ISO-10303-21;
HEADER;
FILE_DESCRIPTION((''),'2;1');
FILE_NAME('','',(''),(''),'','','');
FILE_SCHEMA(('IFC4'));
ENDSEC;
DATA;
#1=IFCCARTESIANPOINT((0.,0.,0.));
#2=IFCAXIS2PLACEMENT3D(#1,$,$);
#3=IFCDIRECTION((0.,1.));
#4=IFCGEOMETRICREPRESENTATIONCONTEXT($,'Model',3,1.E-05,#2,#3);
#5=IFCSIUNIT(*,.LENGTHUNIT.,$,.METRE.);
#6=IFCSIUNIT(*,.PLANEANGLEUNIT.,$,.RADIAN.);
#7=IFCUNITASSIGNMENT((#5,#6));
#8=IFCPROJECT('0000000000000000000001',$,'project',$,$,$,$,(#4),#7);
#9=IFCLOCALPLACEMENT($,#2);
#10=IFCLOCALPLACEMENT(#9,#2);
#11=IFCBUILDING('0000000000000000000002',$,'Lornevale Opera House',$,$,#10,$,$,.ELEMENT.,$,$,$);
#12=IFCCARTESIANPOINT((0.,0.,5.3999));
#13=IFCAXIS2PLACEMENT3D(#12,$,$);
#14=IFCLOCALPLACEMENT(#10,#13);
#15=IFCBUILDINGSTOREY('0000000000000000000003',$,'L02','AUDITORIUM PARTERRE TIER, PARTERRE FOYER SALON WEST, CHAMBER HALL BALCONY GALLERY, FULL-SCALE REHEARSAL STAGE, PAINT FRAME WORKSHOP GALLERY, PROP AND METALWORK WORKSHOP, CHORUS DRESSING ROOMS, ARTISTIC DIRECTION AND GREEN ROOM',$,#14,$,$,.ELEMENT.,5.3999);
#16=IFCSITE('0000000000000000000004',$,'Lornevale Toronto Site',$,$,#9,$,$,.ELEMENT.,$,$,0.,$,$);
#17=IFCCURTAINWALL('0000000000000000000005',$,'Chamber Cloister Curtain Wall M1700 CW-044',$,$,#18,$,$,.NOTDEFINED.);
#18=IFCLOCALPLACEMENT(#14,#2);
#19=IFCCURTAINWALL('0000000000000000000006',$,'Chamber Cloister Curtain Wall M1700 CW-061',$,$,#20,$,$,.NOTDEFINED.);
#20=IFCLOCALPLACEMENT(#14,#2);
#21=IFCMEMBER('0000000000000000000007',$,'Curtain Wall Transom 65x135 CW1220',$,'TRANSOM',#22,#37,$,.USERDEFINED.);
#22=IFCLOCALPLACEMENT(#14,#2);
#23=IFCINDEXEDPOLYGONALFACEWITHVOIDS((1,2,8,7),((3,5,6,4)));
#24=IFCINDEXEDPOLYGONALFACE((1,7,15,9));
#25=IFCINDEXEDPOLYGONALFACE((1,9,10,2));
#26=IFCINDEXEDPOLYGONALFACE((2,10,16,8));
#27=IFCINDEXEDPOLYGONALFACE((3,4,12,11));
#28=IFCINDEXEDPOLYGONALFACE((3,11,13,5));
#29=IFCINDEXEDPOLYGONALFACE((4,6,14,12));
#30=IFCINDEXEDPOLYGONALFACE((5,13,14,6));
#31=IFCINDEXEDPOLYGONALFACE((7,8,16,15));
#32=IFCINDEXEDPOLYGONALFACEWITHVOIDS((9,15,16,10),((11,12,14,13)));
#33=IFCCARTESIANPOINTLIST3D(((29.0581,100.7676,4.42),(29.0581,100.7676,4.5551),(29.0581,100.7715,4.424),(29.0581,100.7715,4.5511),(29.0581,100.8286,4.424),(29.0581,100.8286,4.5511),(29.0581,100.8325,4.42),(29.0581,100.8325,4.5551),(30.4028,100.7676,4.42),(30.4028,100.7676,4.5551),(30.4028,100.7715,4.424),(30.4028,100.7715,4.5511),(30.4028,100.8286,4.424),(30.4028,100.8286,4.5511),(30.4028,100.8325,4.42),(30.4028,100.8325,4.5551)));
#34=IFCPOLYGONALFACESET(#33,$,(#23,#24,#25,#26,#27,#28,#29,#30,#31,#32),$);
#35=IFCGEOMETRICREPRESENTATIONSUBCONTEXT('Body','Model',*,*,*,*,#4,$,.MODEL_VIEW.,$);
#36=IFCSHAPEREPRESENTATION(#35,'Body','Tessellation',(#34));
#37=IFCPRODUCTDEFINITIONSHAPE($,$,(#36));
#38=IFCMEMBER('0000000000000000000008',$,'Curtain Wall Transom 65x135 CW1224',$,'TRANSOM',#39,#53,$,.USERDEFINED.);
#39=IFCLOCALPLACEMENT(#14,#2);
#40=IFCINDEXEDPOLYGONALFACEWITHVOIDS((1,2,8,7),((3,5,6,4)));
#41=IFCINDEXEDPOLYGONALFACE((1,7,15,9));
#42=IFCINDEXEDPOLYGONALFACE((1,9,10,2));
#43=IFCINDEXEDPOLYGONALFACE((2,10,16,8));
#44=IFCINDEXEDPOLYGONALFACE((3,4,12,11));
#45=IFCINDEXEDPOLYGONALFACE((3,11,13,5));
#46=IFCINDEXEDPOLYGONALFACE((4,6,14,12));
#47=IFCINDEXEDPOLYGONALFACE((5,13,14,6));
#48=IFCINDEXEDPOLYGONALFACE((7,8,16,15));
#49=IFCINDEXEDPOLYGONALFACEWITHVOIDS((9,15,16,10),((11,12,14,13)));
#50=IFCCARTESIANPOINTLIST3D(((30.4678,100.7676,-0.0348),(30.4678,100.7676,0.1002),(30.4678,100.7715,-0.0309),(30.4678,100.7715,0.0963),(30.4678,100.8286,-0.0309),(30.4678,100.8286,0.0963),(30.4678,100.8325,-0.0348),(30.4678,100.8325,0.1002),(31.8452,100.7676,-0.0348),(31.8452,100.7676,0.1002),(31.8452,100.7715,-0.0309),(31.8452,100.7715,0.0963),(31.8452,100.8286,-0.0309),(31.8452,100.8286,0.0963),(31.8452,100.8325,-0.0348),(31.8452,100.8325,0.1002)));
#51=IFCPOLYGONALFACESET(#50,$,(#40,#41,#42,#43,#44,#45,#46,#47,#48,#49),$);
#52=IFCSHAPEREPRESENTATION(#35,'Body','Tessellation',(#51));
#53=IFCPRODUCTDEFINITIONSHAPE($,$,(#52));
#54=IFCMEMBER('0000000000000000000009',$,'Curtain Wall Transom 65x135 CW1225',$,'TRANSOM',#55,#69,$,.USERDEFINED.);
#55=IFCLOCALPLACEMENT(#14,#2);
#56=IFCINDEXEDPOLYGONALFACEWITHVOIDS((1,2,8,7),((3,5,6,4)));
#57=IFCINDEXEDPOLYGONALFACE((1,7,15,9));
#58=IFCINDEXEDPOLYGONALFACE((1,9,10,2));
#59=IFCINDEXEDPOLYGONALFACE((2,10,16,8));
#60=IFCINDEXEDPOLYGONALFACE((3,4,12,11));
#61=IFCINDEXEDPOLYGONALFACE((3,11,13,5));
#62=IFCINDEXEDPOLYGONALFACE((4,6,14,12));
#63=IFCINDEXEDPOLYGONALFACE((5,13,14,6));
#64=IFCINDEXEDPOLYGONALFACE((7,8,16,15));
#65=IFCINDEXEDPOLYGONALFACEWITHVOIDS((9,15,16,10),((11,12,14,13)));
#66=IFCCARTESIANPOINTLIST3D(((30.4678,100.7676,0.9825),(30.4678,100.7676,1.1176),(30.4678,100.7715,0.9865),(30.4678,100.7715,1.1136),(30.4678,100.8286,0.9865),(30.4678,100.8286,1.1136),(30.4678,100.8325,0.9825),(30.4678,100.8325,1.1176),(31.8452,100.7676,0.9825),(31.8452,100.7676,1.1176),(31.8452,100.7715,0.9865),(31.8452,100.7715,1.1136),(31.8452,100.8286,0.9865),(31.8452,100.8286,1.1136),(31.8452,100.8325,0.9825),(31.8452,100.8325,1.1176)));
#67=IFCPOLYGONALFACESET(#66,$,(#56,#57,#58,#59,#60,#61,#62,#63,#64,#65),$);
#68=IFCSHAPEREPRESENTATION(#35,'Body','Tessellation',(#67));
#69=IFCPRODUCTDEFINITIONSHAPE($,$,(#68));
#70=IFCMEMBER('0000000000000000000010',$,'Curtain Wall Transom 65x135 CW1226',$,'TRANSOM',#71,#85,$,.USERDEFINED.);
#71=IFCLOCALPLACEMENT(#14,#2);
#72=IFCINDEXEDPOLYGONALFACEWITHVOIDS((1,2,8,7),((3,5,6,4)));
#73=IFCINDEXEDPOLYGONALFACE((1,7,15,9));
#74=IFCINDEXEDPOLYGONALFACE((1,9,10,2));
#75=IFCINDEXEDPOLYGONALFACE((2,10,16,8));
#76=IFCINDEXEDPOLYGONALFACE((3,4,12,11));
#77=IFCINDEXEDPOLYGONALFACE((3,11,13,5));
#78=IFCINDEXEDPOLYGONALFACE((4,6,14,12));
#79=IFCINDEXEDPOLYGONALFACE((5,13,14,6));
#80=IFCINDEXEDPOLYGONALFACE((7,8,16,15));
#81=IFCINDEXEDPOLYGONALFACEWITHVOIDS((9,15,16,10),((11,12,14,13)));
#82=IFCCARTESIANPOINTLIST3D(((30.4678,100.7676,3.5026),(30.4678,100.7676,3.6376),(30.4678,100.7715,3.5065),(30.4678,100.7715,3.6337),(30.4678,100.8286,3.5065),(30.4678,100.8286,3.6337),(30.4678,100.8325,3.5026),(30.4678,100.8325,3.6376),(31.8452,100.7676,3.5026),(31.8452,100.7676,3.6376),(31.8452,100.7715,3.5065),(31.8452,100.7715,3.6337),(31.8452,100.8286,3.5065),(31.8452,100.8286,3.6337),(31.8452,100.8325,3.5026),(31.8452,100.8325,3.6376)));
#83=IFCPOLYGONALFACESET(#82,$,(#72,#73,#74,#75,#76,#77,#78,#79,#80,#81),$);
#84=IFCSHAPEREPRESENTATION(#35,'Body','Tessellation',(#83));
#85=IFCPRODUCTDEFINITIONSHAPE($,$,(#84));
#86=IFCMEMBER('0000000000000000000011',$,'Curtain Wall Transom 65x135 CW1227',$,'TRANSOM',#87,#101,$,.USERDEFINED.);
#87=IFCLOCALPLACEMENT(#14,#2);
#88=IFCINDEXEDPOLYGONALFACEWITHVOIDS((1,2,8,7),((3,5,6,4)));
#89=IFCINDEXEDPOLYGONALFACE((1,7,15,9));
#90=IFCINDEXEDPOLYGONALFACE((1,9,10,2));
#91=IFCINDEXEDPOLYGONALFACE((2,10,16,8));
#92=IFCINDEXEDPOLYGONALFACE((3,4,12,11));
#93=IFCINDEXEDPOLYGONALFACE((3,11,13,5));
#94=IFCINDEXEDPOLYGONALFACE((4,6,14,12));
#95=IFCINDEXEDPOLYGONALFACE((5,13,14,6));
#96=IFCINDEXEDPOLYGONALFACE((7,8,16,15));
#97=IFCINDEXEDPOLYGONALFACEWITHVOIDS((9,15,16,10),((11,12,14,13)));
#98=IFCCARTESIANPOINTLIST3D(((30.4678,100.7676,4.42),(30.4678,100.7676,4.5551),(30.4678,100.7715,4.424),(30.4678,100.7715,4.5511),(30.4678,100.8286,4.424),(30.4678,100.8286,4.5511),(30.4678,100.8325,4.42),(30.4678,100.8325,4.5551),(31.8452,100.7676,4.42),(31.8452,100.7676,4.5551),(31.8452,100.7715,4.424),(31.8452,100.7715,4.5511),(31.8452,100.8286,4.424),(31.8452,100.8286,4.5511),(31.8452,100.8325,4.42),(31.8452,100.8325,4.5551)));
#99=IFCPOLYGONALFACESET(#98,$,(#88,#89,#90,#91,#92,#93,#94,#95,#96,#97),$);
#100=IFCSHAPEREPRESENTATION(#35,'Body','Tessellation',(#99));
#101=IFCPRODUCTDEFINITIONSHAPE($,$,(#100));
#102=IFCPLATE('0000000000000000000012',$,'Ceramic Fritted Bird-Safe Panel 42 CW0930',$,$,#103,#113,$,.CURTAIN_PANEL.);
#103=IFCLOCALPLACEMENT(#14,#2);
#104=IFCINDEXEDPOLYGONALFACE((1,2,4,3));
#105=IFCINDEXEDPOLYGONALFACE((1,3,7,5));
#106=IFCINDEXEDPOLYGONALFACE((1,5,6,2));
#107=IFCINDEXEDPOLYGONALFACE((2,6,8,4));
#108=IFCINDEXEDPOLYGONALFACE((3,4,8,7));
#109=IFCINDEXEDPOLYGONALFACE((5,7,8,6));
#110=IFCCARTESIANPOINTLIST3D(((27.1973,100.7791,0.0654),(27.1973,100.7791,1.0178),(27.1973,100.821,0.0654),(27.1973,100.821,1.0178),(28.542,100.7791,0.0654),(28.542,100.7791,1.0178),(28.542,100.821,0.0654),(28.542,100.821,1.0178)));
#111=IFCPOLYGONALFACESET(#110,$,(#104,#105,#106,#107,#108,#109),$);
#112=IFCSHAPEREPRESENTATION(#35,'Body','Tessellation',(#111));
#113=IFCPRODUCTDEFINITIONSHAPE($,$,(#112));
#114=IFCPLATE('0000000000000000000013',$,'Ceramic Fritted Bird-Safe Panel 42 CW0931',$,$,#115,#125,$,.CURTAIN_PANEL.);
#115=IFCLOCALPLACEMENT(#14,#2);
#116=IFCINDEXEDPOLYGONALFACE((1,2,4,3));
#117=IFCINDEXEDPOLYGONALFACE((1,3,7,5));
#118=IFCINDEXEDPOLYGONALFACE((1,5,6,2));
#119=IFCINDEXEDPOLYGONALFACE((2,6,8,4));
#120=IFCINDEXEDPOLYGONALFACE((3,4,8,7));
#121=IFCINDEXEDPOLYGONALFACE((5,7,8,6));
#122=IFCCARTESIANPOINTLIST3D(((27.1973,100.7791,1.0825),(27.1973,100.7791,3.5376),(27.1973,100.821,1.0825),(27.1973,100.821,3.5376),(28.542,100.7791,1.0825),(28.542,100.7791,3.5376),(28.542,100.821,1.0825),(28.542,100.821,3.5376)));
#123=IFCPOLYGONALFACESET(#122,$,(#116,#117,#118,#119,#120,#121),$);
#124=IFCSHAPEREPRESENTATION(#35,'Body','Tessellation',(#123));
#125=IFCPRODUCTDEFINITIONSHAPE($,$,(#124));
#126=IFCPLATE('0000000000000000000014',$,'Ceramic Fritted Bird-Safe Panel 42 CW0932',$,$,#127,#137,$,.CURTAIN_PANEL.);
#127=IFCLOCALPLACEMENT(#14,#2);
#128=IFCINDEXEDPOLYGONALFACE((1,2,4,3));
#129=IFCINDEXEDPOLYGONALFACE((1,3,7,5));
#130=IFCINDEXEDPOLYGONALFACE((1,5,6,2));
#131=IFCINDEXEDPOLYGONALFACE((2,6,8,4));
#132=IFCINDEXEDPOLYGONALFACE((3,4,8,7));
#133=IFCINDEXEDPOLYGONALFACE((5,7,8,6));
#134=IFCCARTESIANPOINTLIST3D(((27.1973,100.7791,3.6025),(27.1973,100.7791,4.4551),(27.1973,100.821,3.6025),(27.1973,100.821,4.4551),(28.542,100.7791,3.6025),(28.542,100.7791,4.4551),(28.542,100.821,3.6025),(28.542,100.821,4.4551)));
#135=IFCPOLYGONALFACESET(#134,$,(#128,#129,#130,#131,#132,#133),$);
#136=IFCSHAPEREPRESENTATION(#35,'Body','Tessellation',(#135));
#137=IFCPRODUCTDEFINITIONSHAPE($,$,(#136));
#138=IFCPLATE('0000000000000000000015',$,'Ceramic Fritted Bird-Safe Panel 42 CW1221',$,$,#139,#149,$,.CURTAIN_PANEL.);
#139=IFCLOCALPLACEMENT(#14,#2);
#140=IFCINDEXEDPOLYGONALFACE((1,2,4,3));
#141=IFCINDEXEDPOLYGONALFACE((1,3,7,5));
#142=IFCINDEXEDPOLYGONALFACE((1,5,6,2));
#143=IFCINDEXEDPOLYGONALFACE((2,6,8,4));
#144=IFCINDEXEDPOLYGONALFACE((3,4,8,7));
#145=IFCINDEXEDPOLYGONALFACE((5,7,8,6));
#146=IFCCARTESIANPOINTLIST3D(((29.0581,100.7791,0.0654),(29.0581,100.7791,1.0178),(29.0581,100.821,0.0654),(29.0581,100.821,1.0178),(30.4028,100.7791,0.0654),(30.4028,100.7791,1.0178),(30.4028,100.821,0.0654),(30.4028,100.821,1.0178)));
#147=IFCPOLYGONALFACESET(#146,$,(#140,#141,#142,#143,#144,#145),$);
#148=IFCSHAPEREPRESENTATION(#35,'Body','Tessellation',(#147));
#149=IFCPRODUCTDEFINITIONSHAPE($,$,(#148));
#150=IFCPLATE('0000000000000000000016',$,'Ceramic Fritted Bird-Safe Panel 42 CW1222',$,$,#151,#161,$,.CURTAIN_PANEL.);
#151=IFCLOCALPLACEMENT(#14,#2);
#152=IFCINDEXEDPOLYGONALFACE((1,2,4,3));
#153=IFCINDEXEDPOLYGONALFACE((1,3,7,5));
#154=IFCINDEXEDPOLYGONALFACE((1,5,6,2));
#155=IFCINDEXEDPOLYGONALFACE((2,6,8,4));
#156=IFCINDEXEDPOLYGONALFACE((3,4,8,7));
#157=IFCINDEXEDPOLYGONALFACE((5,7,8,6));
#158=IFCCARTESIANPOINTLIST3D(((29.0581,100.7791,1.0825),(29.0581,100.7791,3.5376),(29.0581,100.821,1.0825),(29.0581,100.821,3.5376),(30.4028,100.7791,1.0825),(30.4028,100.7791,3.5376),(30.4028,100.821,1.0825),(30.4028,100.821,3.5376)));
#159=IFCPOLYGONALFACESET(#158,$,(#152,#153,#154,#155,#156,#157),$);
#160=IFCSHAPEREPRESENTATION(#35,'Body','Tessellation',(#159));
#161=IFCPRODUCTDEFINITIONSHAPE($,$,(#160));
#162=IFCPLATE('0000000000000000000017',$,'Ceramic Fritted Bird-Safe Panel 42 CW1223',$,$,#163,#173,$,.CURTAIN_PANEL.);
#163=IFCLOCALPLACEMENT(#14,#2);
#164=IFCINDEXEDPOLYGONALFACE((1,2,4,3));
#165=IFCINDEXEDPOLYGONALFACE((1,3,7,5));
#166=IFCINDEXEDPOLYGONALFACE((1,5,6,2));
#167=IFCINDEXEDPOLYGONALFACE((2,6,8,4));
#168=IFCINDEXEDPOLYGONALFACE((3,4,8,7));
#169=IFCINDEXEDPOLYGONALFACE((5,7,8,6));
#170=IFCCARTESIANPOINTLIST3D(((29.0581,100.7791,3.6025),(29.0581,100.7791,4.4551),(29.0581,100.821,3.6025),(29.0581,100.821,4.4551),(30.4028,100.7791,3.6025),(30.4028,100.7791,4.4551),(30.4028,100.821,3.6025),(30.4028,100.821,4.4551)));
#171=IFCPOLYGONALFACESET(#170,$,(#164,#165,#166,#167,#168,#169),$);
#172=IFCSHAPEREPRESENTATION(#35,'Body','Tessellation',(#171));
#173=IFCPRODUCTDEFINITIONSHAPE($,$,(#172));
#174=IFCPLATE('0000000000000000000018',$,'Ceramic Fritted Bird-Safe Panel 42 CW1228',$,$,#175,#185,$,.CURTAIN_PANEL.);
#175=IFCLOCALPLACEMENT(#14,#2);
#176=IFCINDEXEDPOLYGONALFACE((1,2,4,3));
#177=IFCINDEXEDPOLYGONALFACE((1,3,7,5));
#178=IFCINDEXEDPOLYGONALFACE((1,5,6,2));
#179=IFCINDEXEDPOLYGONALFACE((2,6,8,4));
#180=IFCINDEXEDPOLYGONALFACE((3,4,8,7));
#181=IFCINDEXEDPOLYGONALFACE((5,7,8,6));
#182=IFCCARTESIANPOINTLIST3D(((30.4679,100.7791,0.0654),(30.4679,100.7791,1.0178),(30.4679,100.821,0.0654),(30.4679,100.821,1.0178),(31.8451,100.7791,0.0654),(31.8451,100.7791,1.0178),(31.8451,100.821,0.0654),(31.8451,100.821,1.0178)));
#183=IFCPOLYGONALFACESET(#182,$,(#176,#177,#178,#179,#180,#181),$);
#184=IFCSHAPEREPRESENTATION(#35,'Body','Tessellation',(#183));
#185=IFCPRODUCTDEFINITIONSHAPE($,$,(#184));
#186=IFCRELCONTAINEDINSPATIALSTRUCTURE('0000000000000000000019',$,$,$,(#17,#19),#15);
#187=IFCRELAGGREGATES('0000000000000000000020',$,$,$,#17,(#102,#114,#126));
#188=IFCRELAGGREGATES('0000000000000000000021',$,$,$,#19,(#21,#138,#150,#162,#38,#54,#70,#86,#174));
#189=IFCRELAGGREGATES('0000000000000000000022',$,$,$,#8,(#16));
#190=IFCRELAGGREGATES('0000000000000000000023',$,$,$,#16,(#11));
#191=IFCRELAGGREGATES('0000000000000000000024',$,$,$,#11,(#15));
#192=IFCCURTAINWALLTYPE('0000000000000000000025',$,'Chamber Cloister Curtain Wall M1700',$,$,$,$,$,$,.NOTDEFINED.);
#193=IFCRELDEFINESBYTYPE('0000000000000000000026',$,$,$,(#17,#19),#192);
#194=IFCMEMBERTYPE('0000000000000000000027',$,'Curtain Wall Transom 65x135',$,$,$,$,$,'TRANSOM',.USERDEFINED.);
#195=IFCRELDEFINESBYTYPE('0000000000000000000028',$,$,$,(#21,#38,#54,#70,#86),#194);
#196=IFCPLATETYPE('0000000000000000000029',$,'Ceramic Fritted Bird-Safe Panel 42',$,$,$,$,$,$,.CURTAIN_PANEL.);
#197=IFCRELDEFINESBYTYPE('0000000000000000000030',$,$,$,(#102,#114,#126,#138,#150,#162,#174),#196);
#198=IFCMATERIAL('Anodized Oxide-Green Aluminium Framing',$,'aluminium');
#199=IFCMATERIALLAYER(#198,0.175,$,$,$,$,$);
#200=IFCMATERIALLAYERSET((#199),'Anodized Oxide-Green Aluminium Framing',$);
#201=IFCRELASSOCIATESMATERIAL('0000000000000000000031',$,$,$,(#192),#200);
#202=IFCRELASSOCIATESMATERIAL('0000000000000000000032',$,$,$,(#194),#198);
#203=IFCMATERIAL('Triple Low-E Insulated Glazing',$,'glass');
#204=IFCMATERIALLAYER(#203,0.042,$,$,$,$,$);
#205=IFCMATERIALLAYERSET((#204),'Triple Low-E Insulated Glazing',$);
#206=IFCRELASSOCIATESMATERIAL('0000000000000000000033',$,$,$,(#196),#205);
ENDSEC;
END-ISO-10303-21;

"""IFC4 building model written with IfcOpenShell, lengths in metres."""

from ifc_helpers import new_model, si_unit, direction, frame, origin, origin_2d, place, context, subcontext, project, spatial, rectangle, hollow_rectangle, extrude, material, layer, layer_set, material_profile, profile_set, type_object, element, aggregate, save


model = new_model("IFC4")

# Units and contexts
model_context = context("Model", 3, precision=1e-05, world=origin(), true_north=direction((0.0, 1.0)))
body_context = subcontext(model_context, "Body", "Model", "MODEL_VIEW")
ifc_project = project(units=[si_unit("LENGTHUNIT", "METRE"), si_unit("PLANEANGLEUNIT", "RADIAN")], contexts=[model_context])

# Site, building, storey
site_placement = place(None, origin())
site = spatial("IfcSite", under=ifc_project, at=site_placement, Name="Lornevale Toronto Site", CompositionType="ELEMENT", RefElevation=0.0)
building_placement = place(site_placement, origin())
building = spatial("IfcBuilding", under=site, at=building_placement, Name="Lornevale Opera House", CompositionType="ELEMENT")
storey_placement = place(building_placement, frame((0.0, 0.0, 5.3999)))
storey = spatial("IfcBuildingStorey", under=building, at=storey_placement, Name="L02", Description="AUDITORIUM PARTERRE TIER, PARTERRE FOYER SALON WEST, CHAMBER HALL BALCONY GALLERY, FULL-SCALE REHEARSAL STAGE, PAINT FRAME WORKSHOP GALLERY, PROP AND METALWORK WORKSHOP, CHORUS DRESSING ROOMS, ARTISTIC DIRECTION AND GREEN ROOM", CompositionType="ELEMENT", Elevation=5.3999)

# Curtain wall
ifc_material_1 = material(Name="Anodized Oxide-Green Aluminium Framing", Category="aluminium")
ifc_layer_1 = layer(ifc_material_1, 0.175)
ifc_layer_set_1 = layer_set([ifc_layer_1], Name="Anodized Oxide-Green Aluminium Framing")
curtain_wall_type = type_object("IfcCurtainWallType", Name="Chamber Cloister Curtain Wall M1700", PredefinedType="NOTDEFINED", material=ifc_layer_set_1)
curtain_wall_1_placement = place(storey_placement, origin())
curtain_wall_1 = element("IfcCurtainWall", 1, at=curtain_wall_1_placement, inside=storey, type_object=curtain_wall_type, Name="Chamber Cloister Curtain Wall M1700 CW-044", PredefinedType="NOTDEFINED")

# Curtain wall
curtain_wall_2_placement = place(storey_placement, origin())
curtain_wall_2 = element("IfcCurtainWall", 2, at=curtain_wall_2_placement, inside=storey, type_object=curtain_wall_type, Name="Chamber Cloister Curtain Wall M1700 CW-061", PredefinedType="NOTDEFINED")

# Members
ifc_material_profile_1 = material_profile(ifc_material_1, hollow_rectangle(XDim=0.0649, YDim=0.135, WallThickness=0.0039, at=origin_2d()), Name="ALU65x135x4")
ifc_profile_set_1 = profile_set([ifc_material_profile_1], Name="Anodized Oxide-Green Aluminium Framing")
member_type_1 = type_object("IfcMemberType", Name="Curtain Wall Transom 65x135", ElementType="TRANSOM", PredefinedType="USERDEFINED", material=ifc_profile_set_1)
member_1_placement = place(storey_placement, frame((29.0581, 100.8, 4.4875), z_axis=(1.0, 0.0, 0.0), x_axis=(0.0, 1.0, 0.0)))
member_1 = element("IfcMember", 3, at=member_1_placement, type_object=member_type_1, Name="Curtain Wall Transom 65x135 CW1220", ObjectType="TRANSOM", PredefinedType="USERDEFINED", context=body_context, shape_type="SweptSolid", body=[
    extrude(hollow_rectangle(XDim=0.0649, YDim=0.135, WallThickness=0.0039, at=origin_2d()), origin(), (0.0, 0.0, 1.0), 1.3447),
])
member_2_placement = place(storey_placement, frame((30.4678, 100.8, 0.0327), z_axis=(1.0, 0.0, 0.0), x_axis=(0.0, 1.0, 0.0)))
member_2 = element("IfcMember", 4, at=member_2_placement, type_object=member_type_1, Name="Curtain Wall Transom 65x135 CW1224", ObjectType="TRANSOM", PredefinedType="USERDEFINED", context=body_context, shape_type="SweptSolid", body=[
    extrude(hollow_rectangle(XDim=0.0649, YDim=0.135, WallThickness=0.0039, at=origin_2d()), origin(), (0.0, 0.0, 1.0), 1.3774),
])
member_3_placement = place(storey_placement, frame((30.4678, 100.8, 1.05), z_axis=(1.0, 0.0, 0.0), x_axis=(0.0, 1.0, 0.0)))
member_3 = element("IfcMember", 5, at=member_3_placement, type_object=member_type_1, Name="Curtain Wall Transom 65x135 CW1225", ObjectType="TRANSOM", PredefinedType="USERDEFINED", context=body_context, shape_type="SweptSolid", body=[
    extrude(hollow_rectangle(XDim=0.0649, YDim=0.135, WallThickness=0.0039, at=origin_2d()), origin(), (0.0, 0.0, 1.0), 1.3774),
])
member_4_placement = place(storey_placement, frame((30.4678, 100.8, 3.5701), z_axis=(1.0, 0.0, 0.0), x_axis=(0.0, 1.0, 0.0)))
member_4 = element("IfcMember", 6, at=member_4_placement, type_object=member_type_1, Name="Curtain Wall Transom 65x135 CW1226", ObjectType="TRANSOM", PredefinedType="USERDEFINED", context=body_context, shape_type="SweptSolid", body=[
    extrude(hollow_rectangle(XDim=0.0649, YDim=0.135, WallThickness=0.0039, at=origin_2d()), origin(), (0.0, 0.0, 1.0), 1.3774),
])
member_5_placement = place(storey_placement, frame((30.4678, 100.8, 4.4875), z_axis=(1.0, 0.0, 0.0), x_axis=(0.0, 1.0, 0.0)))
member_5 = element("IfcMember", 7, at=member_5_placement, type_object=member_type_1, Name="Curtain Wall Transom 65x135 CW1227", ObjectType="TRANSOM", PredefinedType="USERDEFINED", context=body_context, shape_type="SweptSolid", body=[
    extrude(hollow_rectangle(XDim=0.0649, YDim=0.135, WallThickness=0.0039, at=origin_2d()), origin(), (0.0, 0.0, 1.0), 1.3774),
])

# Plates
ifc_material_2 = material(Name="Triple Low-E Insulated Glazing", Category="glass")
ifc_layer_2 = layer(ifc_material_2, 0.042)
ifc_layer_set_2 = layer_set([ifc_layer_2], Name="Triple Low-E Insulated Glazing")
plate_type = type_object("IfcPlateType", Name="Ceramic Fritted Bird-Safe Panel 42", PredefinedType="CURTAIN_PANEL", material=ifc_layer_set_2)
plate_1_placement = place(storey_placement, frame((27.8696, 100.8, 0.0654), z_axis=(0.0, 0.0, 1.0), x_axis=(1.0, 0.0, 0.0)))
plate_1 = element("IfcPlate", 8, at=plate_1_placement, type_object=plate_type, Name="Ceramic Fritted Bird-Safe Panel 42 CW0930", PredefinedType="CURTAIN_PANEL", context=body_context, shape_type="SweptSolid", body=[
    extrude(rectangle(XDim=1.3447, YDim=0.042, at=origin_2d()), origin(), (0.0, 0.0, 1.0), 0.9524),
])
plate_2_placement = place(storey_placement, frame((27.8696, 100.8, 1.0825), z_axis=(0.0, 0.0, 1.0), x_axis=(1.0, 0.0, 0.0)))
plate_2 = element("IfcPlate", 9, at=plate_2_placement, type_object=plate_type, Name="Ceramic Fritted Bird-Safe Panel 42 CW0931", PredefinedType="CURTAIN_PANEL", context=body_context, shape_type="SweptSolid", body=[
    extrude(rectangle(XDim=1.3447, YDim=0.042, at=origin_2d()), origin(), (0.0, 0.0, 1.0), 2.4551),
])
plate_3_placement = place(storey_placement, frame((27.8696, 100.8, 3.6025), z_axis=(0.0, 0.0, 1.0), x_axis=(1.0, 0.0, 0.0)))
plate_3 = element("IfcPlate", 10, at=plate_3_placement, type_object=plate_type, Name="Ceramic Fritted Bird-Safe Panel 42 CW0932", PredefinedType="CURTAIN_PANEL", context=body_context, shape_type="SweptSolid", body=[
    extrude(rectangle(XDim=1.3447, YDim=0.042, at=origin_2d()), origin(), (0.0, 0.0, 1.0), 0.8525),
])
aggregate(curtain_wall_1, [plate_1, plate_2, plate_3])
plate_4_placement = place(storey_placement, frame((29.7305, 100.8, 0.0654), z_axis=(0.0, 0.0, 1.0), x_axis=(1.0, 0.0, 0.0)))
plate_4 = element("IfcPlate", 11, at=plate_4_placement, type_object=plate_type, Name="Ceramic Fritted Bird-Safe Panel 42 CW1221", PredefinedType="CURTAIN_PANEL", context=body_context, shape_type="SweptSolid", body=[
    extrude(rectangle(XDim=1.3447, YDim=0.042, at=origin_2d()), origin(), (0.0, 0.0, 1.0), 0.9524),
])
plate_5_placement = place(storey_placement, frame((29.7305, 100.8, 1.0825), z_axis=(0.0, 0.0, 1.0), x_axis=(1.0, 0.0, 0.0)))
plate_5 = element("IfcPlate", 12, at=plate_5_placement, type_object=plate_type, Name="Ceramic Fritted Bird-Safe Panel 42 CW1222", PredefinedType="CURTAIN_PANEL", context=body_context, shape_type="SweptSolid", body=[
    extrude(rectangle(XDim=1.3447, YDim=0.042, at=origin_2d()), origin(), (0.0, 0.0, 1.0), 2.4551),
])
plate_6_placement = place(storey_placement, frame((29.7305, 100.8, 3.6025), z_axis=(0.0, 0.0, 1.0), x_axis=(1.0, 0.0, 0.0)))
plate_6 = element("IfcPlate", 13, at=plate_6_placement, type_object=plate_type, Name="Ceramic Fritted Bird-Safe Panel 42 CW1223", PredefinedType="CURTAIN_PANEL", context=body_context, shape_type="SweptSolid", body=[
    extrude(rectangle(XDim=1.3447, YDim=0.042, at=origin_2d()), origin(), (0.0, 0.0, 1.0), 0.8525),
])
plate_7_placement = place(storey_placement, frame((31.1565, 100.8, 0.0654), z_axis=(0.0, 0.0, 1.0), x_axis=(1.0, 0.0, 0.0)))
plate_7 = element("IfcPlate", 14, at=plate_7_placement, type_object=plate_type, Name="Ceramic Fritted Bird-Safe Panel 42 CW1228", PredefinedType="CURTAIN_PANEL", context=body_context, shape_type="SweptSolid", body=[
    extrude(rectangle(XDim=1.3772, YDim=0.042, at=origin_2d()), origin(), (0.0, 0.0, 1.0), 0.9524),
])
aggregate(curtain_wall_2, [member_1, plate_4, plate_5, plate_6, member_2, member_3, member_4, member_5, plate_7])

save(model, "model.ifc")
